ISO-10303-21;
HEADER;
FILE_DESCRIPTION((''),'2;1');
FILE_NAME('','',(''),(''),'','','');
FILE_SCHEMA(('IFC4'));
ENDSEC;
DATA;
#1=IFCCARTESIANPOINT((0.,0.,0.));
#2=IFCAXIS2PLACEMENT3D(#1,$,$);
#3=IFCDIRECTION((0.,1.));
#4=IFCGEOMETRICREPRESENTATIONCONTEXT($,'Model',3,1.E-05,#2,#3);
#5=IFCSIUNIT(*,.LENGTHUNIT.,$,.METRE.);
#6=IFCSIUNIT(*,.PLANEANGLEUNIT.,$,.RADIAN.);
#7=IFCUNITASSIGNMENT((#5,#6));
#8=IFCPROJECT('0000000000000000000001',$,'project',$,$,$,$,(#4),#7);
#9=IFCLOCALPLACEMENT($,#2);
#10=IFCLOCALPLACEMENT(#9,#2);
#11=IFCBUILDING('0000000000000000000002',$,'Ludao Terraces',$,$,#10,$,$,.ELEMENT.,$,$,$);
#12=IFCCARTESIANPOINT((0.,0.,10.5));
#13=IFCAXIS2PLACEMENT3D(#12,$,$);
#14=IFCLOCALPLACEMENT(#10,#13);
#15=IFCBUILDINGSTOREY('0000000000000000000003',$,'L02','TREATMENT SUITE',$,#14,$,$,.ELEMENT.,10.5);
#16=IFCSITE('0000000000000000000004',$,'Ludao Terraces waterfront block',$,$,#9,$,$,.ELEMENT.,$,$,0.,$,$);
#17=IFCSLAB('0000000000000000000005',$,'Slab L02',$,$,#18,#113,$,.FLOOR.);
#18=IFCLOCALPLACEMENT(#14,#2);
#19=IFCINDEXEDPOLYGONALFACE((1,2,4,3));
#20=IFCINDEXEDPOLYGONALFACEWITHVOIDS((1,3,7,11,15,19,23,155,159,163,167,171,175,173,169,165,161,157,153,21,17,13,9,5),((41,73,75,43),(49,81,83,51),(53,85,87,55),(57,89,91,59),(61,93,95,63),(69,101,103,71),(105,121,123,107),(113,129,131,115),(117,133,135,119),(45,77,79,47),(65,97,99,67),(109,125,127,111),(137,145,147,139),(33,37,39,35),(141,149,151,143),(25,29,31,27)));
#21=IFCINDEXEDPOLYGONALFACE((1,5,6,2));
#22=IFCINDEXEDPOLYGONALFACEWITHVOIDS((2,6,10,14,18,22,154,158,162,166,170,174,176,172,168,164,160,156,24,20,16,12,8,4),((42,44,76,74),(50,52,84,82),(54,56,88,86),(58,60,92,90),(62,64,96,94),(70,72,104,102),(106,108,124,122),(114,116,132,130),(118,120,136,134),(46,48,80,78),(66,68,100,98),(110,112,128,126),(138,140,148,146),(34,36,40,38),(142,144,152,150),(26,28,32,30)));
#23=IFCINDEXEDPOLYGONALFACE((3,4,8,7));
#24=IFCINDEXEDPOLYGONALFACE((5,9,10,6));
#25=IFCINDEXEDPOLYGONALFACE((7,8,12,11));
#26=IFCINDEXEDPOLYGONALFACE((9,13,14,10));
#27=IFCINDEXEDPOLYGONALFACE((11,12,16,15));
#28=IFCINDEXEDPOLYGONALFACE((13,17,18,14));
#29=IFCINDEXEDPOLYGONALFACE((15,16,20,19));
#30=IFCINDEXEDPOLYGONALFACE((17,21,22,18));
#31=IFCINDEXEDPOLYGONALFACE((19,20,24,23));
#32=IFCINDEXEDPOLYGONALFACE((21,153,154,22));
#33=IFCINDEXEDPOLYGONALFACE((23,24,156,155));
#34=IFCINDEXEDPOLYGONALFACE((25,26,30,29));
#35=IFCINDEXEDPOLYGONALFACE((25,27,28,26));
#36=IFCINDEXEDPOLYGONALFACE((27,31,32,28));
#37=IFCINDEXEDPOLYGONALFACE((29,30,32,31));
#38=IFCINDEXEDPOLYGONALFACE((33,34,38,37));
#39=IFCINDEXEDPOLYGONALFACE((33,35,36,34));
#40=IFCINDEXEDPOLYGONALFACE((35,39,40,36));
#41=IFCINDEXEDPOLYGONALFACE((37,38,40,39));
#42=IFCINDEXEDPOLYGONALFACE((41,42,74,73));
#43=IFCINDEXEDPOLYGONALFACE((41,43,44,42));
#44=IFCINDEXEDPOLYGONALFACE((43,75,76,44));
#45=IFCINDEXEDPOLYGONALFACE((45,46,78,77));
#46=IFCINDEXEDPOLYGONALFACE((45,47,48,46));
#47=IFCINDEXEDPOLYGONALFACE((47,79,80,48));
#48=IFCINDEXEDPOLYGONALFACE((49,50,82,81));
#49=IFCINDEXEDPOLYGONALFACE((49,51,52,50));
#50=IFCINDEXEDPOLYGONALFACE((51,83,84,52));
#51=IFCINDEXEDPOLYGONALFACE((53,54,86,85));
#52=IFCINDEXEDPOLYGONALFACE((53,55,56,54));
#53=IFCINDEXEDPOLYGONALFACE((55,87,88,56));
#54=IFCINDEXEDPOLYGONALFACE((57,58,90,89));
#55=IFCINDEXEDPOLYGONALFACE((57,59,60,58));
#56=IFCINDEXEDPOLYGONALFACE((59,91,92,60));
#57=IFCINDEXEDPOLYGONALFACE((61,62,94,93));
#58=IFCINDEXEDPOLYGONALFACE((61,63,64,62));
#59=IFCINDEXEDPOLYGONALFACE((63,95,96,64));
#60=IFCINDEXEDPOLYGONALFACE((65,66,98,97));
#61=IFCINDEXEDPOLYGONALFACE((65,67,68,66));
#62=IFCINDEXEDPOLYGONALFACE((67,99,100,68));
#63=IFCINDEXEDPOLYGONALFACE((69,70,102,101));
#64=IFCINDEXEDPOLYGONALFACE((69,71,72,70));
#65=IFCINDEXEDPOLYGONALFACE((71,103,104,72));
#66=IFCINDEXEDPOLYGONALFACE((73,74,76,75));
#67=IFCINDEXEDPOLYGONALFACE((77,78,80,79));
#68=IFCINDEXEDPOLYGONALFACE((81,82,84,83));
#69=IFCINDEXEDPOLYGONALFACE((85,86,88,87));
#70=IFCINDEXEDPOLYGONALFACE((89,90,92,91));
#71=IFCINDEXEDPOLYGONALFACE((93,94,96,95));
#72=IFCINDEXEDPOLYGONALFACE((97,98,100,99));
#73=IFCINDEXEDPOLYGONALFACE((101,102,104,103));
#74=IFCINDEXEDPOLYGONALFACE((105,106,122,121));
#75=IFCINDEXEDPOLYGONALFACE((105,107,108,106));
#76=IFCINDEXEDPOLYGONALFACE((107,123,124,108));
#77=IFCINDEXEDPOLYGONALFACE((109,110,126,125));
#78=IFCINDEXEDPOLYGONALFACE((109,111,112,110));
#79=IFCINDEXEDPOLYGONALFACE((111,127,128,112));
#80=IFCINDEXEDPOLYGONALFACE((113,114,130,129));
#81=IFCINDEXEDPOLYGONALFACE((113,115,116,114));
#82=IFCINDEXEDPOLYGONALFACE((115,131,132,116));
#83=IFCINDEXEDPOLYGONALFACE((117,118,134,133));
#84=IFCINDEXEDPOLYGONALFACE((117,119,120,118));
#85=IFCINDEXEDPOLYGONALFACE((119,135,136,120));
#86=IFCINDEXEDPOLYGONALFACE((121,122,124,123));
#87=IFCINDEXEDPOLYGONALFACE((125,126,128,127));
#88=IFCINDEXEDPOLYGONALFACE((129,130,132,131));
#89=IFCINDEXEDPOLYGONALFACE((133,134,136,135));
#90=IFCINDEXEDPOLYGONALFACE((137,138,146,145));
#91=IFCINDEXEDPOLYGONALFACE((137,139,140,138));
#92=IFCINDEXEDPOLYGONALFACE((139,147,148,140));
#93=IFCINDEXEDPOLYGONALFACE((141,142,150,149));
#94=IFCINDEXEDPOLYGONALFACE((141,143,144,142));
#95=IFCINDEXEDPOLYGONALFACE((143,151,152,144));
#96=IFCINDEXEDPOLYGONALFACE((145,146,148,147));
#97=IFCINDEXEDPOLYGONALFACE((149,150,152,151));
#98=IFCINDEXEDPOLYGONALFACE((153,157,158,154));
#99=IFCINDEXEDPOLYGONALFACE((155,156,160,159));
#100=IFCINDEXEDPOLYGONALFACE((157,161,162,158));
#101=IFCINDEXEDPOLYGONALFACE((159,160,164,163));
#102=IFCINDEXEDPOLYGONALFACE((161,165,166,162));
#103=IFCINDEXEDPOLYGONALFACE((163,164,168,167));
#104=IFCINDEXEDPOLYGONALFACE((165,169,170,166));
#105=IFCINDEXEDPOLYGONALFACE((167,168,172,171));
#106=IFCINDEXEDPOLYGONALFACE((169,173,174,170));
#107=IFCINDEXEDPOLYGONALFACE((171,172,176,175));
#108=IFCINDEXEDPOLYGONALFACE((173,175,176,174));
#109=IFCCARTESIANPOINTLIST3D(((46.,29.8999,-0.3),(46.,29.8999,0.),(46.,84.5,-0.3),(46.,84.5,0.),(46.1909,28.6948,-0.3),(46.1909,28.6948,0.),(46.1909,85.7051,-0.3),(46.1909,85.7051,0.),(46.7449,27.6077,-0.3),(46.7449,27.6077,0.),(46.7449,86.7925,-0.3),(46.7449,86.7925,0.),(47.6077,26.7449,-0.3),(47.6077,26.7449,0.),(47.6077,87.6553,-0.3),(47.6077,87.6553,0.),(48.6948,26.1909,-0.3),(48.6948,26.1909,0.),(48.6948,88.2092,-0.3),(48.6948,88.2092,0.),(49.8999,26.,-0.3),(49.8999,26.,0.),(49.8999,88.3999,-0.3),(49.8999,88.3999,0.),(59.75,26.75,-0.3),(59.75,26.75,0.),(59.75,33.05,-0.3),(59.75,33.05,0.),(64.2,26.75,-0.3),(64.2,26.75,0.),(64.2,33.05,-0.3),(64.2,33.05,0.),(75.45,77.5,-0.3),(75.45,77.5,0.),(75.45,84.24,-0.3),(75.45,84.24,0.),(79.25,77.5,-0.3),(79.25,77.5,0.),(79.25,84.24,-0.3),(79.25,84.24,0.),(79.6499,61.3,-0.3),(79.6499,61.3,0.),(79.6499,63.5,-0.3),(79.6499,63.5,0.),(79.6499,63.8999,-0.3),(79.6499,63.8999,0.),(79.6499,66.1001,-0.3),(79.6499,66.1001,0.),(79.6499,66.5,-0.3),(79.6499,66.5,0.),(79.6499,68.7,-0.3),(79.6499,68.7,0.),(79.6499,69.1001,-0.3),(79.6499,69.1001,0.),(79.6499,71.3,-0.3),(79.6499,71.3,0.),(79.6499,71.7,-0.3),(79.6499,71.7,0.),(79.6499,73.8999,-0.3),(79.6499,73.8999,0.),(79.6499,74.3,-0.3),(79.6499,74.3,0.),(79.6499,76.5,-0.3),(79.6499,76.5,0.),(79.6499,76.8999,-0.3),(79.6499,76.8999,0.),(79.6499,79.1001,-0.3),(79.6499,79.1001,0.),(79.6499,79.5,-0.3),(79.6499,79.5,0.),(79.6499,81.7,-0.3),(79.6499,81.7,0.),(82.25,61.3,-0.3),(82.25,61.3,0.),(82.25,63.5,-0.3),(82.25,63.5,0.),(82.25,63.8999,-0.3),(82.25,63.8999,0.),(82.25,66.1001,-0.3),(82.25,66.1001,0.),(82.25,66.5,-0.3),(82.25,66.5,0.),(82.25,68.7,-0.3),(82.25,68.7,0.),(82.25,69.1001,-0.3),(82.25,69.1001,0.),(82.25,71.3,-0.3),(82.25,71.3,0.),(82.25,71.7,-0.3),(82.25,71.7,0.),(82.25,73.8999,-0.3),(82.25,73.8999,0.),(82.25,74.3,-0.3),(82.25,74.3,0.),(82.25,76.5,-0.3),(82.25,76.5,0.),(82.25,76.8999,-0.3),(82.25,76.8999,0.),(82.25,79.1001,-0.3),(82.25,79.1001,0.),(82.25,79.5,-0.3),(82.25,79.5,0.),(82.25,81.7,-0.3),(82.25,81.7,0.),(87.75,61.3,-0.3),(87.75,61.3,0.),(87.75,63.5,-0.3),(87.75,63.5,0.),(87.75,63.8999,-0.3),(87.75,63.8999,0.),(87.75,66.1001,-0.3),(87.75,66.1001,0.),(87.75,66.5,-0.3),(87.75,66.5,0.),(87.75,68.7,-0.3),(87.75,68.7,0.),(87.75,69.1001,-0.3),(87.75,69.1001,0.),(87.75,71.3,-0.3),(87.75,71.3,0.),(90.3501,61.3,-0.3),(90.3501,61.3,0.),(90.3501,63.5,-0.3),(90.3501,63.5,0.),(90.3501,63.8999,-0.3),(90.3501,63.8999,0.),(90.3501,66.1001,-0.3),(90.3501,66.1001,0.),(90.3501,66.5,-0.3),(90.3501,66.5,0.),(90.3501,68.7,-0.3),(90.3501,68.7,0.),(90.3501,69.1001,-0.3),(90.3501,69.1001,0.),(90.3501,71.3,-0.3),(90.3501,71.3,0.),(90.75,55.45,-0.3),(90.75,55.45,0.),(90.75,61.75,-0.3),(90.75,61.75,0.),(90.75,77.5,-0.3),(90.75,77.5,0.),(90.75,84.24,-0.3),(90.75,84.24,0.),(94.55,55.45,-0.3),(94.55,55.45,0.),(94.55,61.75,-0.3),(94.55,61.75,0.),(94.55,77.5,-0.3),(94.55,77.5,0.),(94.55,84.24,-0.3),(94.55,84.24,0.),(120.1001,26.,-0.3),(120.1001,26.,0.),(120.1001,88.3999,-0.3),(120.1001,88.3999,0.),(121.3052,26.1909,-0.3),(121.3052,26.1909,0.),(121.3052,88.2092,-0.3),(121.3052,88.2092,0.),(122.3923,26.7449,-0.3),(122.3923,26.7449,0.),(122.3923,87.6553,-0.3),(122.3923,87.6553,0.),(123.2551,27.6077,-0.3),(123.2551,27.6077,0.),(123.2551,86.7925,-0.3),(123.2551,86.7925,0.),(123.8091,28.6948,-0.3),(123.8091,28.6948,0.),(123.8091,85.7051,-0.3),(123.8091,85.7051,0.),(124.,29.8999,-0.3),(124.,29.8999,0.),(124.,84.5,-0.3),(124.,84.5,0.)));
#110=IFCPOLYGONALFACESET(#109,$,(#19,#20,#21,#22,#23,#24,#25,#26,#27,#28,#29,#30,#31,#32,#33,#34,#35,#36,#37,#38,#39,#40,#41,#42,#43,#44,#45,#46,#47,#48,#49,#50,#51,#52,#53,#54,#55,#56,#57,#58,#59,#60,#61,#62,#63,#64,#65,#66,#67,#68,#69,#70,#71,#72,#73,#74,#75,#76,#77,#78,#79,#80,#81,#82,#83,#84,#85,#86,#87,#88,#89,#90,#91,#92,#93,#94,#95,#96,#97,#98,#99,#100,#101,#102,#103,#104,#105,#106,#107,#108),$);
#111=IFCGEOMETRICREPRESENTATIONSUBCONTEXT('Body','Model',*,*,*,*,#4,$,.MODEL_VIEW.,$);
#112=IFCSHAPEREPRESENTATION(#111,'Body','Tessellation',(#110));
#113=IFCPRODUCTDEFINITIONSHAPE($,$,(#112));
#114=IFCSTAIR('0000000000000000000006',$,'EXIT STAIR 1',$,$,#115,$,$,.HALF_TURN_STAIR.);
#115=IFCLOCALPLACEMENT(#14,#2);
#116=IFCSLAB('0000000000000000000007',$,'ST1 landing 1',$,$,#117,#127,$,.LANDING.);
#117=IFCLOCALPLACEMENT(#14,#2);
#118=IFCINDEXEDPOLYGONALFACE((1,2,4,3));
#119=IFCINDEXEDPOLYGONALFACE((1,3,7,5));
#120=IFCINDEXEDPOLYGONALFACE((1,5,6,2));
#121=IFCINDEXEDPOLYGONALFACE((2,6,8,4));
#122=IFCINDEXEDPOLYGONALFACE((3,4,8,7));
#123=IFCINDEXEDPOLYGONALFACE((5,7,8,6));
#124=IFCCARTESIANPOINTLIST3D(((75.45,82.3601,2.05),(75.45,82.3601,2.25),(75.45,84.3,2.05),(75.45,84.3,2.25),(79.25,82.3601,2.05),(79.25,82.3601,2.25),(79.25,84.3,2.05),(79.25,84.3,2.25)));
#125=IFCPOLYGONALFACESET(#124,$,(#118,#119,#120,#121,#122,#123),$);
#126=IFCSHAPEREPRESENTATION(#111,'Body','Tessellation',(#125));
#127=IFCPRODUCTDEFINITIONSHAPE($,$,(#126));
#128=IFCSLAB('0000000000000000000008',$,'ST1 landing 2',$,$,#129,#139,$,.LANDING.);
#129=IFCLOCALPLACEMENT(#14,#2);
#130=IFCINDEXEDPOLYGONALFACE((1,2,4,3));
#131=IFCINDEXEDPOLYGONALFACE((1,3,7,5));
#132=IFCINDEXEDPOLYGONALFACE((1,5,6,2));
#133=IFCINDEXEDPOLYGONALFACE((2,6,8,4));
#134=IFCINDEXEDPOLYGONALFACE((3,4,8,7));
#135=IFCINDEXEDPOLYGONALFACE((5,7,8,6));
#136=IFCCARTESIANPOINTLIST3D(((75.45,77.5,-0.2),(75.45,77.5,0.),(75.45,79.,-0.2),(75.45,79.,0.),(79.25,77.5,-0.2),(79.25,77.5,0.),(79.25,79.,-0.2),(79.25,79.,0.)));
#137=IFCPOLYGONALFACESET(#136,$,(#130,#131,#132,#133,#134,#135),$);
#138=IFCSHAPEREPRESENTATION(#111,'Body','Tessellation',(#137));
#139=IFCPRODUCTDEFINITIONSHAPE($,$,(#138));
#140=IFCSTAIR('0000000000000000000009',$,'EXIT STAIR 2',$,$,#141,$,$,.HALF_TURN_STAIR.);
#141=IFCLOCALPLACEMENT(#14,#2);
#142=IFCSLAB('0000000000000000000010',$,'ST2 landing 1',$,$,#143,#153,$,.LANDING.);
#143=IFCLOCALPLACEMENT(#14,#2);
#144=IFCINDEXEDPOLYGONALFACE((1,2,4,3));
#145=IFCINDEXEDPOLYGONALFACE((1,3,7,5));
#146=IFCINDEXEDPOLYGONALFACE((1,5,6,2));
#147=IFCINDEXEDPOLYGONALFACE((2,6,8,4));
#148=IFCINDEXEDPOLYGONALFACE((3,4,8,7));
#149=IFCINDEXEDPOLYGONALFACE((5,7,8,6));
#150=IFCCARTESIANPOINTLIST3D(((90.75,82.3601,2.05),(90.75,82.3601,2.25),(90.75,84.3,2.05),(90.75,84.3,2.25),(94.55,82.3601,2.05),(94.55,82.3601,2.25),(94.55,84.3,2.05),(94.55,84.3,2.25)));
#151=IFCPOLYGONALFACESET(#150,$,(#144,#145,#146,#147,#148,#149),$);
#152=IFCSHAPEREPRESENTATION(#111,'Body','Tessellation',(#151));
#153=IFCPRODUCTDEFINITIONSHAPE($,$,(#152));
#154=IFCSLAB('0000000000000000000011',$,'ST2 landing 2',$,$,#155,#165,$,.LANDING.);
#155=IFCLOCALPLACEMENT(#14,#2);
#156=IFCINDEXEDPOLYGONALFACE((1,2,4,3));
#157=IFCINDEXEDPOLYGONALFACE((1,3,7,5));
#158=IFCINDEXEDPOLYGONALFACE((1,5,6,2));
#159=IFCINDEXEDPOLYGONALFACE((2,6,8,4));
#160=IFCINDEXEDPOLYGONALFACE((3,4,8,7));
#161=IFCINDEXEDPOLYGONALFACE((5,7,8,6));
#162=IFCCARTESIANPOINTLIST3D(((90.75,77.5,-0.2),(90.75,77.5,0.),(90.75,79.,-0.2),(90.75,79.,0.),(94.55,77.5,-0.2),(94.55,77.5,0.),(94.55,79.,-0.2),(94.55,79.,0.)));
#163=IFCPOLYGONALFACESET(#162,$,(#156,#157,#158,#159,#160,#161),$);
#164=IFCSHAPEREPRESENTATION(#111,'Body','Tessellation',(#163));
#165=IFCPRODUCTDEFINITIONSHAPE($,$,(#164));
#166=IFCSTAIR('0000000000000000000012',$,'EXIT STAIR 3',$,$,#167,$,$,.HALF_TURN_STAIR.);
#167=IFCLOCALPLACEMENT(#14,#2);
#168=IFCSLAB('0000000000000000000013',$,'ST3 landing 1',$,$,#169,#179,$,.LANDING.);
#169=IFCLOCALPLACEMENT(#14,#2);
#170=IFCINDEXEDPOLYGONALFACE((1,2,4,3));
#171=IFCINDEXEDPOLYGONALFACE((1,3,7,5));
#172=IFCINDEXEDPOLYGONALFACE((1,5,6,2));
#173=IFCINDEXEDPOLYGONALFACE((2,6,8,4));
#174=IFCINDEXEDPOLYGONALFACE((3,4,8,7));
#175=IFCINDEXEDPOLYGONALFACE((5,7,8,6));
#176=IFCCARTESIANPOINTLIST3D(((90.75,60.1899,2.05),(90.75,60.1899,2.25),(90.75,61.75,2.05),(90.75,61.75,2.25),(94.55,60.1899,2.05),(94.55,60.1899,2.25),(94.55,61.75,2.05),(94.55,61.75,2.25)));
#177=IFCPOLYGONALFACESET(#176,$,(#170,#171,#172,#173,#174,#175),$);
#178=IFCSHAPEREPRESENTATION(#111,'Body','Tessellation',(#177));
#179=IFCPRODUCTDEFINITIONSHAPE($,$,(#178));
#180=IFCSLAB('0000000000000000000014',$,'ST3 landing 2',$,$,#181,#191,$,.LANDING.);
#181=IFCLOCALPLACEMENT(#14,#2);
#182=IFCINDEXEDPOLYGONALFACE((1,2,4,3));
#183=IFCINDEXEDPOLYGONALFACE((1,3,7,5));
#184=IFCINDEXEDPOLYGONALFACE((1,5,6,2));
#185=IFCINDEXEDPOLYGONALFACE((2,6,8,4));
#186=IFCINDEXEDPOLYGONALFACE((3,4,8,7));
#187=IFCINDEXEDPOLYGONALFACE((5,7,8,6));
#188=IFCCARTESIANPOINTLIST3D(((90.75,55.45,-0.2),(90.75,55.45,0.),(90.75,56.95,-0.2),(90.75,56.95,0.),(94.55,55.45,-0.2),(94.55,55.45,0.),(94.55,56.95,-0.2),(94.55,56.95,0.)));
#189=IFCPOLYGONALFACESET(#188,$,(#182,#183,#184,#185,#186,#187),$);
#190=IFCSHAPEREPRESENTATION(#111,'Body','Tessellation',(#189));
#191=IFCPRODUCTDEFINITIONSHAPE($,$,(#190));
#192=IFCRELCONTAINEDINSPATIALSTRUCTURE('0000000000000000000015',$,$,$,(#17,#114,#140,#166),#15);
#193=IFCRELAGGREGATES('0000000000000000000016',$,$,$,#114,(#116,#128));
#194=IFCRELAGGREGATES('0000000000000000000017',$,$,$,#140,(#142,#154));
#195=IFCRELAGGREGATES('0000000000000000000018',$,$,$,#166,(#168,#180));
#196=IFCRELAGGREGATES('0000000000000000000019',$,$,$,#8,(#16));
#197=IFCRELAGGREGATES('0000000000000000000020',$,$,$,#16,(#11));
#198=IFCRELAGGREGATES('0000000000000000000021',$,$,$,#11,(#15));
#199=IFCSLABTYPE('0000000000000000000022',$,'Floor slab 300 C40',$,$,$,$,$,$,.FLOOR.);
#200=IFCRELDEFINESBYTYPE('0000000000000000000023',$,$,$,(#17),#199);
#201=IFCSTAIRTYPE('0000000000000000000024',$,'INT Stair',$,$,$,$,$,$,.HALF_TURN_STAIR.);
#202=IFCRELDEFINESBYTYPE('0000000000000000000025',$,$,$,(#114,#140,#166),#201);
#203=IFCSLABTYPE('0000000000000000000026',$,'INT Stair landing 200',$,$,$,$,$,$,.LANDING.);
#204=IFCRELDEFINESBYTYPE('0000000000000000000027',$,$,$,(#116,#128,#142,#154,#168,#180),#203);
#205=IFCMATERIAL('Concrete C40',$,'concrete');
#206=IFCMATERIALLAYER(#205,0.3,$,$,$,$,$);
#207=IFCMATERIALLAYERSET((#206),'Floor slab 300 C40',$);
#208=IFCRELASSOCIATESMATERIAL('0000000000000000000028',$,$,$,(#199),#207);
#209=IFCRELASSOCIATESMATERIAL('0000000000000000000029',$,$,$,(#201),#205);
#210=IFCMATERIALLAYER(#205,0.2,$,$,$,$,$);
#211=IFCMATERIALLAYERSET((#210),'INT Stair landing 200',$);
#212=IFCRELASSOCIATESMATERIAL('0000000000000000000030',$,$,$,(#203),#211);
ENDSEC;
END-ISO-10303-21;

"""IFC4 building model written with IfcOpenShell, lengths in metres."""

from ifc_helpers import new_model, si_unit, direction, frame, origin, place, context, subcontext, project, spatial, polyline, outline, extrude, material, layer, layer_set, type_object, element, aggregate, save


model = new_model("IFC4")

# Units and contexts
model_context = context("Model", 3, precision=1e-05, world=origin(), true_north=direction((0.0, 1.0)))
body_context = subcontext(model_context, "Body", "Model", "MODEL_VIEW")
ifc_project = project(units=[si_unit("LENGTHUNIT", "METRE"), si_unit("PLANEANGLEUNIT", "RADIAN")], contexts=[model_context])

# Site, building, storey
site_placement = place(None, origin())
site = spatial("IfcSite", under=ifc_project, at=site_placement, Name="Ludao Terraces waterfront block", CompositionType="ELEMENT", RefElevation=0.0)
building_placement = place(site_placement, origin())
building = spatial("IfcBuilding", under=site, at=building_placement, Name="Ludao Terraces", CompositionType="ELEMENT")
storey_placement = place(building_placement, frame((0.0, 0.0, 10.5)))
storey = spatial("IfcBuildingStorey", under=building, at=storey_placement, Name="L02", Description="TREATMENT SUITE", CompositionType="ELEMENT", Elevation=10.5)

# Slab
ifc_material_1 = material(Name="Concrete C40", Category="concrete")
ifc_layer_1 = layer(ifc_material_1, 0.3)
ifc_layer_set_1 = layer_set([ifc_layer_1], Name="Floor slab 300 C40")
slab_type_1 = type_object("IfcSlabType", Name="Floor slab 300 C40", PredefinedType="FLOOR", material=ifc_layer_set_1)
slab_1_placement = place(storey_placement, frame((0.0, 0.0, -0.3)))
element("IfcSlab", 1, at=slab_1_placement, inside=storey, type_object=slab_type_1, Name="Slab L02", PredefinedType="FLOOR", context=body_context, shape_type="SweptSolid", body=[
    extrude(outline(polyline([(120.1001, 26.0), (121.3052, 26.1909), (122.3923, 26.7449), (123.2551, 27.6077), (123.8091, 28.6948), (124.0, 29.8999), (124.0, 84.5), (123.8091, 85.7051), (123.2551, 86.7925), (122.3923, 87.6553), (121.3052, 88.2092), (120.1001, 88.3999), (49.8999, 88.3999), (48.6948, 88.2092), (47.6077, 87.6553), (46.7449, 86.7925), (46.1909, 85.7051), (46.0, 84.5), (46.0, 29.8999), (46.1909, 28.6948), (46.7449, 27.6077), (47.6077, 26.7449), (48.6948, 26.1909), (49.8999, 26.0), (120.1001, 26.0)]), holes=[polyline([(79.6499, 61.3), (82.25, 61.3), (82.25, 63.5), (79.6499, 63.5), (79.6499, 61.3)]), polyline([(79.6499, 63.8999), (82.25, 63.8999), (82.25, 66.1001), (79.6499, 66.1001), (79.6499, 63.8999)]), polyline([(79.6499, 66.5), (82.25, 66.5), (82.25, 68.7), (79.6499, 68.7), (79.6499, 66.5)]), polyline([(79.6499, 69.1001), (82.25, 69.1001), (82.25, 71.3), (79.6499, 71.3), (79.6499, 69.1001)]), polyline([(79.6499, 71.7), (82.25, 71.7), (82.25, 73.8999), (79.6499, 73.8999), (79.6499, 71.7)]), polyline([(79.6499, 74.3), (82.25, 74.3), (82.25, 76.5), (79.6499, 76.5), (79.6499, 74.3)]), polyline([(79.6499, 76.8999), (82.25, 76.8999), (82.25, 79.1001), (79.6499, 79.1001), (79.6499, 76.8999)]), polyline([(79.6499, 79.5), (82.25, 79.5), (82.25, 81.7), (79.6499, 81.7), (79.6499, 79.5)]), polyline([(87.75, 61.3), (90.3501, 61.3), (90.3501, 63.5), (87.75, 63.5), (87.75, 61.3)]), polyline([(87.75, 63.8999), (90.3501, 63.8999), (90.3501, 66.1001), (87.75, 66.1001), (87.75, 63.8999)]), polyline([(87.75, 66.5), (90.3501, 66.5), (90.3501, 68.7), (87.75, 68.7), (87.75, 66.5)]), polyline([(87.75, 69.1001), (90.3501, 69.1001), (90.3501, 71.3), (87.75, 71.3), (87.75, 69.1001)]), polyline([(75.45, 77.5), (79.25, 77.5), (79.25, 84.24), (75.45, 84.24), (75.45, 77.5)]), polyline([(90.75, 77.5), (94.55, 77.5), (94.55, 84.24), (90.75, 84.24), (90.75, 77.5)]), polyline([(90.75, 55.45), (94.55, 55.45), (94.55, 61.75), (90.75, 61.75), (90.75, 55.45)]), polyline([(59.75, 26.75), (64.2, 26.75), (64.2, 33.05), (59.75, 33.05), (59.75, 26.75)])]), origin(), (0.0, 0.0, 1.0), 0.3),
])

# Stairs, slabs
stair_type = type_object("IfcStairType", Name="INT Stair", PredefinedType="HALF_TURN_STAIR", material=ifc_material_1)
stair_1_placement = place(storey_placement, origin())
stair_1 = element("IfcStair", 2, at=stair_1_placement, inside=storey, type_object=stair_type, Name="EXIT STAIR 1", PredefinedType="HALF_TURN_STAIR")
ifc_layer_2 = layer(ifc_material_1, 0.2)
ifc_layer_set_2 = layer_set([ifc_layer_2], Name="INT Stair landing 200")
slab_type_2 = type_object("IfcSlabType", Name="INT Stair landing 200", PredefinedType="LANDING", material=ifc_layer_set_2)
slab_2_placement = place(storey_placement, frame((0.0, 0.0, 2.05)))
slab_2 = element("IfcSlab", 3, at=slab_2_placement, type_object=slab_type_2, Name="ST1 landing 1", PredefinedType="LANDING", context=body_context, shape_type="SweptSolid", body=[
    extrude(outline(polyline([(75.45, 82.3601), (79.25, 82.3601), (79.25, 84.3), (75.45, 84.3), (75.45, 82.3601)])), origin(), (0.0, 0.0, 1.0), 0.2),
])
slab_3_placement = place(storey_placement, frame((0.0, 0.0, -0.2)))
slab_3 = element("IfcSlab", 4, at=slab_3_placement, type_object=slab_type_2, Name="ST1 landing 2", PredefinedType="LANDING", context=body_context, shape_type="SweptSolid", body=[
    extrude(outline(polyline([(75.45, 77.5), (79.25, 77.5), (79.25, 79.0), (75.45, 79.0), (75.45, 77.5)])), origin(), (0.0, 0.0, 1.0), 0.2),
])
aggregate(stair_1, [slab_2, slab_3])
stair_2_placement = place(storey_placement, origin())
stair_2 = element("IfcStair", 5, at=stair_2_placement, inside=storey, type_object=stair_type, Name="EXIT STAIR 2", PredefinedType="HALF_TURN_STAIR")
slab_4_placement = place(storey_placement, frame((0.0, 0.0, 2.05)))
slab_4 = element("IfcSlab", 6, at=slab_4_placement, type_object=slab_type_2, Name="ST2 landing 1", PredefinedType="LANDING", context=body_context, shape_type="SweptSolid", body=[
    extrude(outline(polyline([(90.75, 82.3601), (94.55, 82.3601), (94.55, 84.3), (90.75, 84.3), (90.75, 82.3601)])), origin(), (0.0, 0.0, 1.0), 0.2),
])
slab_5_placement = place(storey_placement, frame((0.0, 0.0, -0.2)))
slab_5 = element("IfcSlab", 7, at=slab_5_placement, type_object=slab_type_2, Name="ST2 landing 2", PredefinedType="LANDING", context=body_context, shape_type="SweptSolid", body=[
    extrude(outline(polyline([(90.75, 77.5), (94.55, 77.5), (94.55, 79.0), (90.75, 79.0), (90.75, 77.5)])), origin(), (0.0, 0.0, 1.0), 0.2),
])
aggregate(stair_2, [slab_4, slab_5])
stair_3_placement = place(storey_placement, origin())
stair_3 = element("IfcStair", 8, at=stair_3_placement, inside=storey, type_object=stair_type, Name="EXIT STAIR 3", PredefinedType="HALF_TURN_STAIR")
slab_6_placement = place(storey_placement, frame((0.0, 0.0, 2.05)))
slab_6 = element("IfcSlab", 9, at=slab_6_placement, type_object=slab_type_2, Name="ST3 landing 1", PredefinedType="LANDING", context=body_context, shape_type="SweptSolid", body=[
    extrude(outline(polyline([(90.75, 60.1899), (94.55, 60.1899), (94.55, 61.75), (90.75, 61.75), (90.75, 60.1899)])), origin(), (0.0, 0.0, 1.0), 0.2),
])
slab_7_placement = place(storey_placement, frame((0.0, 0.0, -0.2)))
slab_7 = element("IfcSlab", 10, at=slab_7_placement, type_object=slab_type_2, Name="ST3 landing 2", PredefinedType="LANDING", context=body_context, shape_type="SweptSolid", body=[
    extrude(outline(polyline([(90.75, 55.45), (94.55, 55.45), (94.55, 56.95), (90.75, 56.95), (90.75, 55.45)])), origin(), (0.0, 0.0, 1.0), 0.2),
])
aggregate(stair_3, [slab_6, slab_7])

save(model, "model.ifc")
